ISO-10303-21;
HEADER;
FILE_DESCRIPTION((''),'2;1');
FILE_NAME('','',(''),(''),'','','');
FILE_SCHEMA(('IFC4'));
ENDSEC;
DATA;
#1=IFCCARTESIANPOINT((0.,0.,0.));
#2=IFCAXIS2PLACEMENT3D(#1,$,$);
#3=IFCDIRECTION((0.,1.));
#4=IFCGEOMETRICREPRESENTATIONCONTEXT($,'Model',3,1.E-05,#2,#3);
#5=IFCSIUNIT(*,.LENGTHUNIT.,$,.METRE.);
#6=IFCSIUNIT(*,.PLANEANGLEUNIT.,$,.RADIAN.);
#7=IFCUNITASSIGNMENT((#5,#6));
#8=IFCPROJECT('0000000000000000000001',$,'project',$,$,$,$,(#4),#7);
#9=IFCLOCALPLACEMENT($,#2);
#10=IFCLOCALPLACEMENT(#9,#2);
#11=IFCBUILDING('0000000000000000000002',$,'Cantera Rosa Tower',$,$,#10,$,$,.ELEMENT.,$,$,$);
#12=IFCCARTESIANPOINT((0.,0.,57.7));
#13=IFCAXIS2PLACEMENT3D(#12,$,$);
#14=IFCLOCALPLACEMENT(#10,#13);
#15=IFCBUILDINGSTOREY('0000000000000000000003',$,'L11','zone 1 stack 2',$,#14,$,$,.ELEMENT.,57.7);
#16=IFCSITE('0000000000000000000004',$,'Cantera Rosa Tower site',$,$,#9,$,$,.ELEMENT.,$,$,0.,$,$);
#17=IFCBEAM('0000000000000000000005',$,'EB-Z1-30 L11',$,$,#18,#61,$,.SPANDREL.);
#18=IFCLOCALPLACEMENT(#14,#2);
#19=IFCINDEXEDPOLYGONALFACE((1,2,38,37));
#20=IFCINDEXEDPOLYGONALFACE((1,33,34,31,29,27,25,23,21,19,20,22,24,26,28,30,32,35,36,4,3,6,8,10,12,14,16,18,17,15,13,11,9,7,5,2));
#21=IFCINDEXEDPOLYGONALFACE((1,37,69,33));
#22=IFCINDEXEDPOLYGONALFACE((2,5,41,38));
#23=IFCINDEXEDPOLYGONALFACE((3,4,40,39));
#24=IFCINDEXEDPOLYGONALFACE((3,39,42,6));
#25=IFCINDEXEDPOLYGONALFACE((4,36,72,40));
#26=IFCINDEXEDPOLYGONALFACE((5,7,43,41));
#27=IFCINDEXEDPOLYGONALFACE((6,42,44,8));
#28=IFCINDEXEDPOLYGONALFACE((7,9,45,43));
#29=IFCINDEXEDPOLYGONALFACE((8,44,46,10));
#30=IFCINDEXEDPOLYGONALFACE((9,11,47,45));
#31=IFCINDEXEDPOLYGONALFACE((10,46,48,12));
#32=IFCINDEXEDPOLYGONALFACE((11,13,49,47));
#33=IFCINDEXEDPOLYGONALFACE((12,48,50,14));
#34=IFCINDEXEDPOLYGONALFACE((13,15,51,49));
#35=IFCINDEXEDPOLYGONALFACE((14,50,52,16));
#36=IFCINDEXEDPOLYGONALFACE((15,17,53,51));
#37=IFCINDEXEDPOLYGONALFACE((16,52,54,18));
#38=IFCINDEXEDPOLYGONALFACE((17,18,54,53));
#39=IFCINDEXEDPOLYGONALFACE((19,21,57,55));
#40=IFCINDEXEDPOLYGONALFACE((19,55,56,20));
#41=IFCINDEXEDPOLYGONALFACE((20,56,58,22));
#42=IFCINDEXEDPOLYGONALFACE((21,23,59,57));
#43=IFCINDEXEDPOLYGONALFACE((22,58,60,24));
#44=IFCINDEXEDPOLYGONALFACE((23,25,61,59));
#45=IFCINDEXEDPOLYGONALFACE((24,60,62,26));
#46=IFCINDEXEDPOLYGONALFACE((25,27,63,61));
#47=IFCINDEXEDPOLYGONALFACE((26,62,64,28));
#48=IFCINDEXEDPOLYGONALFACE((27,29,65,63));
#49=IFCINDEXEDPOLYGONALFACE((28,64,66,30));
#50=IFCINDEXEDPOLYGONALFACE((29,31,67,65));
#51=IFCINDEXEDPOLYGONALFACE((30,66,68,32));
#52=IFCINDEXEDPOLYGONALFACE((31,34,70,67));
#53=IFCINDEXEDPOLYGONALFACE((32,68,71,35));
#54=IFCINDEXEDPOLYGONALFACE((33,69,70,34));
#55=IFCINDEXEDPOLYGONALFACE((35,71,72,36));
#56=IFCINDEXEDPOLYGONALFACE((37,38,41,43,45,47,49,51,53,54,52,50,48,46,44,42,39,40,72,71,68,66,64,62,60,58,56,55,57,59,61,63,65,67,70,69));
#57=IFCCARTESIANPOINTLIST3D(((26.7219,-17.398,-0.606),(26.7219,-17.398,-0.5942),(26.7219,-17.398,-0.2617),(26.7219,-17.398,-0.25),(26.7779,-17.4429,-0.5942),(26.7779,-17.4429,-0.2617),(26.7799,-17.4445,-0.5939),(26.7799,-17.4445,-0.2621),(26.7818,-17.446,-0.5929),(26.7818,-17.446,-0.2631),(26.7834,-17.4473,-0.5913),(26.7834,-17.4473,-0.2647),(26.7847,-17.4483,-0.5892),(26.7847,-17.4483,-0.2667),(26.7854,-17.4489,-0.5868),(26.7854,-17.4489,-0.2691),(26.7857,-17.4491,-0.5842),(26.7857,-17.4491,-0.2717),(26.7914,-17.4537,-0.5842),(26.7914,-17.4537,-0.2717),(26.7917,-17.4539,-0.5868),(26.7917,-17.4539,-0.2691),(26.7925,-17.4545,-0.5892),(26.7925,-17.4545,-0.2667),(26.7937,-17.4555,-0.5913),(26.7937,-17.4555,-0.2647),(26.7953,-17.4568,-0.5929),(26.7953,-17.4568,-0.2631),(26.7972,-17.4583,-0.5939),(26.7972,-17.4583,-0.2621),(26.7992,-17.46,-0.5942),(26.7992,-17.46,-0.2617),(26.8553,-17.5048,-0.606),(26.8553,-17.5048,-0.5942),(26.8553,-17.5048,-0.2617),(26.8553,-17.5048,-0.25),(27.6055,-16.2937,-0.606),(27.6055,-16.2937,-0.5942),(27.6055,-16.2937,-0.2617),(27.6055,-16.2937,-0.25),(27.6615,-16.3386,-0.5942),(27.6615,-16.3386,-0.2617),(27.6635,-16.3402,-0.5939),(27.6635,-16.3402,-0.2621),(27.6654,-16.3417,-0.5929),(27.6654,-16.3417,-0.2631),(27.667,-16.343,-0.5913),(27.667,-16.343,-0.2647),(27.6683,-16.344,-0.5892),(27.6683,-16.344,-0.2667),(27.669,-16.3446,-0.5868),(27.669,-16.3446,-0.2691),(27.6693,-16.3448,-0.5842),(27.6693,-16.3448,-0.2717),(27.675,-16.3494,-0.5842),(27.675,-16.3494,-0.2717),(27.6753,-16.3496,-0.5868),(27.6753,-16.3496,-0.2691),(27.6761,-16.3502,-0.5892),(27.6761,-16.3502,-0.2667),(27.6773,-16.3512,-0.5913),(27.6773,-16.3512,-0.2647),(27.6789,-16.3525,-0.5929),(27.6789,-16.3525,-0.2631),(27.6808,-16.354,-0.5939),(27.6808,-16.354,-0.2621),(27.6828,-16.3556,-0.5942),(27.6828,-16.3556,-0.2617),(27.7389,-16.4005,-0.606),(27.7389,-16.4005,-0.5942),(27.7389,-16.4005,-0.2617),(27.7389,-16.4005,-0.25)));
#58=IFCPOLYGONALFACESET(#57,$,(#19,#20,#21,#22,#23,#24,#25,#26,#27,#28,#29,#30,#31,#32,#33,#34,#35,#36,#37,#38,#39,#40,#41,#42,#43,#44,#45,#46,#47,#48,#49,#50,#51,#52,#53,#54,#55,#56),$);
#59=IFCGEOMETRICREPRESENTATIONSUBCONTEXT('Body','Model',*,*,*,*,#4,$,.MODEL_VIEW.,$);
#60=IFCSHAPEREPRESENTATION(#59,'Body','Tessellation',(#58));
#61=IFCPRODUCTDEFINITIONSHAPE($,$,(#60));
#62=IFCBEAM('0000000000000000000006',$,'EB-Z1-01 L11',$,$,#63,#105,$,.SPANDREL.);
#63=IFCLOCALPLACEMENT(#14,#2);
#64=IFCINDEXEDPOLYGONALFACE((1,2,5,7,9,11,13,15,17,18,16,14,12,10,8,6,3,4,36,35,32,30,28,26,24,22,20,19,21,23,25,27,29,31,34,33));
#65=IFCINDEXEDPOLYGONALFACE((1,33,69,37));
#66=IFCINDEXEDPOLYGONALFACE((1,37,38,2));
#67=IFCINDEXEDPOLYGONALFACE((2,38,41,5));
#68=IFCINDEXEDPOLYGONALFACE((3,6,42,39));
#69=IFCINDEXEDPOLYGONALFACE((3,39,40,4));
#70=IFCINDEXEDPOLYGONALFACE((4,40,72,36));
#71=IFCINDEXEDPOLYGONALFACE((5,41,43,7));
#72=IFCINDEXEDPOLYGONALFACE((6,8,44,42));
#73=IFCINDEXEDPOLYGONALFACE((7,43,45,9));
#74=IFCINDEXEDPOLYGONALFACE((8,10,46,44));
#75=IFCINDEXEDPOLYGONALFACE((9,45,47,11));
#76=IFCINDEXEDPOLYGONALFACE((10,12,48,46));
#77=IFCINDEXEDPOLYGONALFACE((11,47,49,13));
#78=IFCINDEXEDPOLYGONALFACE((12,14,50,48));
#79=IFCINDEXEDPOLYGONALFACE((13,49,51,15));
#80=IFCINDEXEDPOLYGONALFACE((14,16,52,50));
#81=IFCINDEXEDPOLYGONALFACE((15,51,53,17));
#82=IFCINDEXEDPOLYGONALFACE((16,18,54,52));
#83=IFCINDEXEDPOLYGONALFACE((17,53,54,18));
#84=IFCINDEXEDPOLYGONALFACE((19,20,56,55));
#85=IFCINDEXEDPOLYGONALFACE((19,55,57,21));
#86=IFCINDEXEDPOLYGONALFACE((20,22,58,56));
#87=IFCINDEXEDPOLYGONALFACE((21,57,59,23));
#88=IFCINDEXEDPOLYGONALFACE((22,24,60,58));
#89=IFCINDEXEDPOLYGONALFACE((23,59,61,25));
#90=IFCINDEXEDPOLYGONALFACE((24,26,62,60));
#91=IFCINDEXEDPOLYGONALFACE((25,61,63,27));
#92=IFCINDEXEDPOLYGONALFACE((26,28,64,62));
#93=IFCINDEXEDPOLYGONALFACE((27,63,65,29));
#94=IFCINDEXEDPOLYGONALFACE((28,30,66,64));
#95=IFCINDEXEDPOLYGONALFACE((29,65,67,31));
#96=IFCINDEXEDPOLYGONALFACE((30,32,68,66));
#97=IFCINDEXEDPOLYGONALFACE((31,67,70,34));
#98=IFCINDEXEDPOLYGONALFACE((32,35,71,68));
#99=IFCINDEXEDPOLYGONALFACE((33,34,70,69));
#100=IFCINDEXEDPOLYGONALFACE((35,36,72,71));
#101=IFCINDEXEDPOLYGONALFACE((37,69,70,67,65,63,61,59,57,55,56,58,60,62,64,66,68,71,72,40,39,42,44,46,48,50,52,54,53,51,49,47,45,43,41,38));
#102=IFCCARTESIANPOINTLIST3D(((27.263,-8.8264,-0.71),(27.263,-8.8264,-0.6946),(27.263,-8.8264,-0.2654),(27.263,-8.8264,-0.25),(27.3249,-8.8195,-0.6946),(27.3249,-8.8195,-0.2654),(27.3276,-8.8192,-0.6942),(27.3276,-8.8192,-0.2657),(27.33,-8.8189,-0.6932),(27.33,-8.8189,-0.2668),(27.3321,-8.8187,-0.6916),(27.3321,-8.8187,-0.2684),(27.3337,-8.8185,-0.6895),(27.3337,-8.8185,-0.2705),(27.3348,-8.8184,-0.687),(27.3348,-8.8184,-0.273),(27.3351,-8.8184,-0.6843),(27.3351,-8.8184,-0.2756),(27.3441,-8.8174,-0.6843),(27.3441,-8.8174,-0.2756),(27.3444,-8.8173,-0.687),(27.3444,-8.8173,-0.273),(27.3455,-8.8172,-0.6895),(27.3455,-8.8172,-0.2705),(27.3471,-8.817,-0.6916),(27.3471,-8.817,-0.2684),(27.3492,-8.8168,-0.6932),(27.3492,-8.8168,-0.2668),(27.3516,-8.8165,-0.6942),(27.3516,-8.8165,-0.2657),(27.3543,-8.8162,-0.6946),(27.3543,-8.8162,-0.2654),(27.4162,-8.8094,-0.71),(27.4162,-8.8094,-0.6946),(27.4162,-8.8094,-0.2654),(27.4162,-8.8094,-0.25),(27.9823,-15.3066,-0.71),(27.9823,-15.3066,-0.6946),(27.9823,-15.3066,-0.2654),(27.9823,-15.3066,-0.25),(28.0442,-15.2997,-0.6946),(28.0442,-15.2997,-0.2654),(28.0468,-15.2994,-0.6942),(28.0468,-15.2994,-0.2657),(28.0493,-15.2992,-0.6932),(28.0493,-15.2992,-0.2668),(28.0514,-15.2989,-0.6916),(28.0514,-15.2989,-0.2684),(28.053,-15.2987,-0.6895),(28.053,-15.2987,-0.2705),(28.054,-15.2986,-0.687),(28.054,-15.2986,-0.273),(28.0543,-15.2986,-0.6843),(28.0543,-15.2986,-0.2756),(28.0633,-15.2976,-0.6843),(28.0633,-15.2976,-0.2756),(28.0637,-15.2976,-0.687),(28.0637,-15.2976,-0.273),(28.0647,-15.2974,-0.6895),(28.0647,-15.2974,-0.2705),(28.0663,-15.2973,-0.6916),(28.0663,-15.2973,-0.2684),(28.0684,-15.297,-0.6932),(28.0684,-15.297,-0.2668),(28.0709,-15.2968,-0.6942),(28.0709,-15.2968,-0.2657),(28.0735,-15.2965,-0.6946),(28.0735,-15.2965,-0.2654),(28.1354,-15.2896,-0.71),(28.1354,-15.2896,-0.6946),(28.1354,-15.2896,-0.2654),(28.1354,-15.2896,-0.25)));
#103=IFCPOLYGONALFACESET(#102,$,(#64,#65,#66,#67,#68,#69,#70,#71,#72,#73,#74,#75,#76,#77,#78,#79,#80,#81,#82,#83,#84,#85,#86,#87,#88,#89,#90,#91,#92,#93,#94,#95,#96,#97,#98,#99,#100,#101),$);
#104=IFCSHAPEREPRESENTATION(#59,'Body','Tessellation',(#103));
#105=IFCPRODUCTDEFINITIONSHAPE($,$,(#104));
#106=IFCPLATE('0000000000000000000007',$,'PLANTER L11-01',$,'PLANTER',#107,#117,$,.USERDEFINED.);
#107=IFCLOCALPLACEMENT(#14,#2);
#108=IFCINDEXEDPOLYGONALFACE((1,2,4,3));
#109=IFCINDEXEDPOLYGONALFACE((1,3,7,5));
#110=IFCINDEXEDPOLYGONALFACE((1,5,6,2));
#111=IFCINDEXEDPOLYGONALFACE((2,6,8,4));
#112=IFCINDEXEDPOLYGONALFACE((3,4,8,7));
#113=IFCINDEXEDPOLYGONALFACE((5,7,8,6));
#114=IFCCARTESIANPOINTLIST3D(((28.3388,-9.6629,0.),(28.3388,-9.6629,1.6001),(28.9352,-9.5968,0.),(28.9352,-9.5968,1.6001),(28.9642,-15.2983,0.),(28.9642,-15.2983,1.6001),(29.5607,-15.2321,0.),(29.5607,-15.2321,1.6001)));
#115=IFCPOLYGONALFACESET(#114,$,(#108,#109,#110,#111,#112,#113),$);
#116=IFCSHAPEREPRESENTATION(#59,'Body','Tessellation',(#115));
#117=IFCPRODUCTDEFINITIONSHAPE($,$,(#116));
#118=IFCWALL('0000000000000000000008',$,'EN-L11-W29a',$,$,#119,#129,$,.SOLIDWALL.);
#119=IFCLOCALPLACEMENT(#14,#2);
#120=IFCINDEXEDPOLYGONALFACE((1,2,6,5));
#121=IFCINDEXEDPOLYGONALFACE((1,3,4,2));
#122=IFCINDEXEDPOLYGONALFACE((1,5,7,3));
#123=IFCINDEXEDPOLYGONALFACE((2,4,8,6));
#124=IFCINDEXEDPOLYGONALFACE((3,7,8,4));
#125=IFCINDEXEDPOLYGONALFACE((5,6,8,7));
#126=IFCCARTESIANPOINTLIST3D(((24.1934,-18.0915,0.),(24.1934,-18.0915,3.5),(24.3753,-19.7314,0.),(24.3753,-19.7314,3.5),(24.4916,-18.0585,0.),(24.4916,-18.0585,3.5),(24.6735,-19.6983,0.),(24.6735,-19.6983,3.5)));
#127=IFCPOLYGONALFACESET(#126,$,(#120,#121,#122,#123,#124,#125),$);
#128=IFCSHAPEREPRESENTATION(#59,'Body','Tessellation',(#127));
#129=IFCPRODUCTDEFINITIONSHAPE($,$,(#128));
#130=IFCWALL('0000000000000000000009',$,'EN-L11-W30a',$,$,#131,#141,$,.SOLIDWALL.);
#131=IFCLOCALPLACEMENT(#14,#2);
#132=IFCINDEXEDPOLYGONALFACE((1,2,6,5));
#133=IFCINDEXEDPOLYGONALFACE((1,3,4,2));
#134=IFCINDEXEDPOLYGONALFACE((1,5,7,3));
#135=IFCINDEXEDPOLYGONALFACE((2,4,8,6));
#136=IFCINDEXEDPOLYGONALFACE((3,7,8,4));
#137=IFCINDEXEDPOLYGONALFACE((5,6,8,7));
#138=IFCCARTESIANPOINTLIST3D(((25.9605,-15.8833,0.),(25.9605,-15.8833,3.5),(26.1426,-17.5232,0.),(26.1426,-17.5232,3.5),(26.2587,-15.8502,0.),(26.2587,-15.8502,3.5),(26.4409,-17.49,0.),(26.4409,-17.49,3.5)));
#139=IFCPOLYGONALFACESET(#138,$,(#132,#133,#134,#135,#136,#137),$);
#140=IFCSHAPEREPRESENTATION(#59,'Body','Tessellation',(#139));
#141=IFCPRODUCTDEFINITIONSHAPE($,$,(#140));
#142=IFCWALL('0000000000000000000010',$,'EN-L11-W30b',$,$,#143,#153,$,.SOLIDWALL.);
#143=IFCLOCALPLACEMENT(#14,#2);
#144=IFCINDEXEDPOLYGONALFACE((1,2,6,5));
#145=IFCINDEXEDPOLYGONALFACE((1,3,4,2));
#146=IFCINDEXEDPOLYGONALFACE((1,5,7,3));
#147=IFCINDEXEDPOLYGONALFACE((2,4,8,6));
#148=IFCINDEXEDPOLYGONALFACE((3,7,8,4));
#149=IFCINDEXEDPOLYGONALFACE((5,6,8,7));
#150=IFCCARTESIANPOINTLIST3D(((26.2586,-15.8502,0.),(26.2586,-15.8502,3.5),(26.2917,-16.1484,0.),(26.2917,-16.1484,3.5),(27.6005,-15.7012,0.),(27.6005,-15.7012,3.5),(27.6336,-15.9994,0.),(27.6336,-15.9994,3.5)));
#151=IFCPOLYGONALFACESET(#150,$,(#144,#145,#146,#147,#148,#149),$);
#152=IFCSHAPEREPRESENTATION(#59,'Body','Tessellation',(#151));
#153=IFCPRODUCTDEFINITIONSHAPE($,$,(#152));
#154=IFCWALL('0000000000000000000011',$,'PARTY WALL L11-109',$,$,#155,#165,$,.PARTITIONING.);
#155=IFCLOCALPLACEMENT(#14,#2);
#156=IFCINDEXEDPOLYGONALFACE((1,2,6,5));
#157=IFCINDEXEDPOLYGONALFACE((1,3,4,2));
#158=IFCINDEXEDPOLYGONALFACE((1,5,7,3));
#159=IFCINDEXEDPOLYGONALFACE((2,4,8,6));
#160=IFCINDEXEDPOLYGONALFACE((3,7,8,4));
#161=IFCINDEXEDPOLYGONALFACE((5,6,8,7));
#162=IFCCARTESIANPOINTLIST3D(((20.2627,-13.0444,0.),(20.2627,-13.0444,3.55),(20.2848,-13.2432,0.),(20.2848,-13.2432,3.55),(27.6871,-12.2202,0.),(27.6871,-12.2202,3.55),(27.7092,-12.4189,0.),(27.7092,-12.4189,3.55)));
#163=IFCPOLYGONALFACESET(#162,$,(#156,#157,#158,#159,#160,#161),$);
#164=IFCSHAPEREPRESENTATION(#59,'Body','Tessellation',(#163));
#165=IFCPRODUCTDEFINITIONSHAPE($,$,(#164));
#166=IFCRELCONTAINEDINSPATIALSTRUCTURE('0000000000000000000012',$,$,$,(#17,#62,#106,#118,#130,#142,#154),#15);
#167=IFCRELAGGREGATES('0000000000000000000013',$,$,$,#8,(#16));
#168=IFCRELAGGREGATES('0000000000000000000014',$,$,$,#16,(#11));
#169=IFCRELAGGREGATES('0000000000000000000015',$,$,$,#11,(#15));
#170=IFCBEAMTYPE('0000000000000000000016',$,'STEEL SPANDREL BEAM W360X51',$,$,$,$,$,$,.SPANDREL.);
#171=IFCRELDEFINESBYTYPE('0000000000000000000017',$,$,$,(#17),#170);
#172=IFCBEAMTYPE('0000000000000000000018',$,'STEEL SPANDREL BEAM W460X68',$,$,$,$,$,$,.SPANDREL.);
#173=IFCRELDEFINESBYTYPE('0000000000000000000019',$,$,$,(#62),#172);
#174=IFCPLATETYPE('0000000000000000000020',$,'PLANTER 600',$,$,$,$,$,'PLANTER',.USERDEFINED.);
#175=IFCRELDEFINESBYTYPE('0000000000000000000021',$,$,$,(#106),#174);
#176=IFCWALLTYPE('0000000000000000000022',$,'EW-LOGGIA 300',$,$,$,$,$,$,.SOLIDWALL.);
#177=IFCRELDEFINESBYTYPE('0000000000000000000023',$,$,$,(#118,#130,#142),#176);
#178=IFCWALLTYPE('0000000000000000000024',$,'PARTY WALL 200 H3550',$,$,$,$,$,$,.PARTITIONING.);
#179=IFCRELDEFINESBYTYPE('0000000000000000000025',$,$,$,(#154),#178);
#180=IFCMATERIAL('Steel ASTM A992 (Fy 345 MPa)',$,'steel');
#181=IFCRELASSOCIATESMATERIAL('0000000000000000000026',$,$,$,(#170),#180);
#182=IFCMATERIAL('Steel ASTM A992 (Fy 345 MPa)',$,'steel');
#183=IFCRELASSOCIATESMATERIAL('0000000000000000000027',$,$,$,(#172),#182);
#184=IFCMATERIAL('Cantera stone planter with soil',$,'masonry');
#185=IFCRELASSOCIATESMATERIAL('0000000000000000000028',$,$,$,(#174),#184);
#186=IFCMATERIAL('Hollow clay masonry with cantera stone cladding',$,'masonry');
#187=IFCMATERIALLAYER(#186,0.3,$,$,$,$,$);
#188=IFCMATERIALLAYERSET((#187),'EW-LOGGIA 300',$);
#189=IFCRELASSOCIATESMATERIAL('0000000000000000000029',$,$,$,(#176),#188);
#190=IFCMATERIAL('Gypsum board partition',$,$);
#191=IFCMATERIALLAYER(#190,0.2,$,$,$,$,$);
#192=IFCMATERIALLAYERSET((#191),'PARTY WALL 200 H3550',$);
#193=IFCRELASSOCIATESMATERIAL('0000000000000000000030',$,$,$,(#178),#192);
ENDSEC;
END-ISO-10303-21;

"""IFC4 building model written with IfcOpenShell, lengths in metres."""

from ifc_helpers import new_model, si_unit, direction, frame, frame_2d, origin, origin_2d, place, context, subcontext, project, spatial, rectangle, i_section, extrude, material, layer, layer_set, material_profile, profile_set, type_object, element, save


model = new_model("IFC4")

# Units and contexts
model_context = context("Model", 3, precision=1e-05, world=origin(), true_north=direction((0.0, 1.0)))
body_context = subcontext(model_context, "Body", "Model", "MODEL_VIEW")
ifc_project = project(units=[si_unit("LENGTHUNIT", "METRE"), si_unit("PLANEANGLEUNIT", "RADIAN")], contexts=[model_context])

# Site, building, storey
site_placement = place(None, origin())
site = spatial("IfcSite", under=ifc_project, at=site_placement, Name="Cantera Rosa Tower site", CompositionType="ELEMENT", RefElevation=0.0)
building_placement = place(site_placement, origin())
building = spatial("IfcBuilding", under=site, at=building_placement, Name="Cantera Rosa Tower", CompositionType="ELEMENT")
storey_placement = place(building_placement, frame((0.0, 0.0, 57.7)))
storey = spatial("IfcBuildingStorey", under=building, at=storey_placement, Name="L11", Description="zone 1 stack 2", CompositionType="ELEMENT", Elevation=57.7)

# Beams
ifc_material_1 = material(Name="Steel ASTM A992 (Fy 345 MPa)", Category="steel")
ifc_material_profile_1 = material_profile(ifc_material_1, i_section(OverallWidth=0.1709, OverallDepth=0.356, WebThickness=0.0073, FlangeThickness=0.0117, FilletRadius=0.01, at=origin_2d()), Name="W360X51")
ifc_profile_set_1 = profile_set([ifc_material_profile_1], Name="Steel ASTM A992 (Fy 345 MPa)")
beam_type_1 = type_object("IfcBeamType", Name="STEEL SPANDREL BEAM W360X51", PredefinedType="SPANDREL", material=ifc_profile_set_1)
for number, where, z_axis, x_axis, name in (
    (1, (26.7886, -17.4514, -0.428), (0.624758, 0.780818, 0.0), (-0.780818, 0.624758, 0.0), "EB-Z1-30 L11"),
):
    element("IfcBeam", number, at=place(storey_placement, frame(where, z_axis=z_axis, x_axis=x_axis)), inside=storey, type_object=beam_type_1, Name=name, PredefinedType="SPANDREL", context=body_context, shape_type="SweptSolid", body=[
        extrude(i_section(OverallWidth=0.1709, OverallDepth=0.356, WebThickness=0.0073, FlangeThickness=0.0117, FilletRadius=0.01, at=origin_2d()), origin(), (0.0, 0.0, 1.0), 1.4143),
    ])
ifc_material_2 = material(Name="Steel ASTM A992 (Fy 345 MPa)", Category="steel")
ifc_material_profile_2 = material_profile(ifc_material_2, i_section(OverallWidth=0.1541, OverallDepth=0.46, WebThickness=0.009, FlangeThickness=0.0154, FilletRadius=0.0103, at=origin_2d()), Name="W460X68")
ifc_profile_set_2 = profile_set([ifc_material_profile_2], Name="Steel ASTM A992 (Fy 345 MPa)")
beam_type_2 = type_object("IfcBeamType", Name="STEEL SPANDREL BEAM W460X68", PredefinedType="SPANDREL", material=ifc_profile_set_2)
beam_1_placement = place(storey_placement, frame((28.0588, -15.2981, -0.48), z_axis=(-0.110312, 0.993897, 0.0), x_axis=(-0.993897, -0.110312, 0.0)))
element("IfcBeam", 2, at=beam_1_placement, inside=storey, type_object=beam_type_2, Name="EB-Z1-01 L11", PredefinedType="SPANDREL", context=body_context, shape_type="SweptSolid", body=[
    extrude(i_section(OverallWidth=0.1541, OverallDepth=0.46, WebThickness=0.009, FlangeThickness=0.0154, FilletRadius=0.0103, at=origin_2d()), origin(), (0.0, 0.0, 1.0), 6.52),
])

# Plate
ifc_material_3 = material(Name="Cantera stone planter with soil", Category="masonry")
plate_type = type_object("IfcPlateType", Name="PLANTER 600", ElementType="PLANTER", PredefinedType="USERDEFINED", material=ifc_material_3)
plate_placement = place(storey_placement, frame((28.9497, -12.4475, 0.0), z_axis=(0.0, 0.0, 1.0), x_axis=(-0.110313, 0.993897, 0.0)))
element("IfcPlate", 3, at=plate_placement, inside=storey, type_object=plate_type, Name="PLANTER L11-01", ObjectType="PLANTER", PredefinedType="USERDEFINED", context=body_context, shape_type="SweptSolid", body=[
    extrude(rectangle(XDim=5.6699, YDim=0.6001, at=origin_2d()), origin(), (0.0, 0.0, 1.0), 1.6001),
])

# Walls
ifc_material_4 = material(Name="Hollow clay masonry with cantera stone cladding", Category="masonry")
ifc_layer_1 = layer(ifc_material_4, 0.3)
ifc_layer_set_1 = layer_set([ifc_layer_1], Name="EW-LOGGIA 300")
wall_type_1 = type_object("IfcWallType", Name="EW-LOGGIA 300", PredefinedType="SOLIDWALL", material=ifc_layer_set_1)
for number, where, z_axis, x_axis, name in (
    (4, (24.5244, -19.7148, 0.0), (0.0, 0.0, 1.0), (-0.110237, 0.993905, 0.0), "EN-L11-W29a"),
    (5, (26.2917, -17.5066, 0.0), (0.0, 0.0, 1.0), (-0.110383, 0.993889, 0.0), "EN-L11-W30a"),
):
    element("IfcWall", number, at=place(storey_placement, frame(where, z_axis=z_axis, x_axis=x_axis)), inside=storey, type_object=wall_type_1, Name=name, PredefinedType="SOLIDWALL", context=body_context, shape_type="SweptSolid", body=[
        extrude(rectangle(XDim=1.6499, YDim=0.3, at=frame_2d((0.825, 0.0))), origin(), (0.0, 0.0, 1.0), 3.5),
    ])
wall_1_placement = place(storey_placement, frame((26.2751, -15.9993, 0.0), z_axis=(0.0, 0.0, 1.0), x_axis=(0.993897, 0.110312, 0.0)))
element("IfcWall", 6, at=wall_1_placement, inside=storey, type_object=wall_type_1, Name="EN-L11-W30b", PredefinedType="SOLIDWALL", context=body_context, shape_type="SweptSolid", body=[
    extrude(rectangle(XDim=1.3501, YDim=0.3, at=frame_2d((0.675, 0.0))), origin(), (0.0, 0.0, 1.0), 3.5),
])

# Wall
ifc_material_5 = material(Name="Gypsum board partition")
ifc_layer_2 = layer(ifc_material_5, 0.2)
ifc_layer_set_2 = layer_set([ifc_layer_2], Name="PARTY WALL 200 H3550")
wall_type_2 = type_object("IfcWallType", Name="PARTY WALL 200 H3550", PredefinedType="PARTITIONING", material=ifc_layer_set_2)
wall_2_placement = place(storey_placement, frame((27.698, -12.3196, 0.0), z_axis=(0.0, 0.0, 1.0), x_axis=(-0.993894, -0.110338, 0.0)))
element("IfcWall", 7, at=wall_2_placement, inside=storey, type_object=wall_type_2, Name="PARTY WALL L11-109", PredefinedType="PARTITIONING", context=body_context, shape_type="SweptSolid", body=[
    extrude(rectangle(XDim=7.47, YDim=0.2, at=frame_2d((3.7349, 0.0))), origin(), (0.0, 0.0, 1.0), 3.55),
])

save(model, "model.ifc")
